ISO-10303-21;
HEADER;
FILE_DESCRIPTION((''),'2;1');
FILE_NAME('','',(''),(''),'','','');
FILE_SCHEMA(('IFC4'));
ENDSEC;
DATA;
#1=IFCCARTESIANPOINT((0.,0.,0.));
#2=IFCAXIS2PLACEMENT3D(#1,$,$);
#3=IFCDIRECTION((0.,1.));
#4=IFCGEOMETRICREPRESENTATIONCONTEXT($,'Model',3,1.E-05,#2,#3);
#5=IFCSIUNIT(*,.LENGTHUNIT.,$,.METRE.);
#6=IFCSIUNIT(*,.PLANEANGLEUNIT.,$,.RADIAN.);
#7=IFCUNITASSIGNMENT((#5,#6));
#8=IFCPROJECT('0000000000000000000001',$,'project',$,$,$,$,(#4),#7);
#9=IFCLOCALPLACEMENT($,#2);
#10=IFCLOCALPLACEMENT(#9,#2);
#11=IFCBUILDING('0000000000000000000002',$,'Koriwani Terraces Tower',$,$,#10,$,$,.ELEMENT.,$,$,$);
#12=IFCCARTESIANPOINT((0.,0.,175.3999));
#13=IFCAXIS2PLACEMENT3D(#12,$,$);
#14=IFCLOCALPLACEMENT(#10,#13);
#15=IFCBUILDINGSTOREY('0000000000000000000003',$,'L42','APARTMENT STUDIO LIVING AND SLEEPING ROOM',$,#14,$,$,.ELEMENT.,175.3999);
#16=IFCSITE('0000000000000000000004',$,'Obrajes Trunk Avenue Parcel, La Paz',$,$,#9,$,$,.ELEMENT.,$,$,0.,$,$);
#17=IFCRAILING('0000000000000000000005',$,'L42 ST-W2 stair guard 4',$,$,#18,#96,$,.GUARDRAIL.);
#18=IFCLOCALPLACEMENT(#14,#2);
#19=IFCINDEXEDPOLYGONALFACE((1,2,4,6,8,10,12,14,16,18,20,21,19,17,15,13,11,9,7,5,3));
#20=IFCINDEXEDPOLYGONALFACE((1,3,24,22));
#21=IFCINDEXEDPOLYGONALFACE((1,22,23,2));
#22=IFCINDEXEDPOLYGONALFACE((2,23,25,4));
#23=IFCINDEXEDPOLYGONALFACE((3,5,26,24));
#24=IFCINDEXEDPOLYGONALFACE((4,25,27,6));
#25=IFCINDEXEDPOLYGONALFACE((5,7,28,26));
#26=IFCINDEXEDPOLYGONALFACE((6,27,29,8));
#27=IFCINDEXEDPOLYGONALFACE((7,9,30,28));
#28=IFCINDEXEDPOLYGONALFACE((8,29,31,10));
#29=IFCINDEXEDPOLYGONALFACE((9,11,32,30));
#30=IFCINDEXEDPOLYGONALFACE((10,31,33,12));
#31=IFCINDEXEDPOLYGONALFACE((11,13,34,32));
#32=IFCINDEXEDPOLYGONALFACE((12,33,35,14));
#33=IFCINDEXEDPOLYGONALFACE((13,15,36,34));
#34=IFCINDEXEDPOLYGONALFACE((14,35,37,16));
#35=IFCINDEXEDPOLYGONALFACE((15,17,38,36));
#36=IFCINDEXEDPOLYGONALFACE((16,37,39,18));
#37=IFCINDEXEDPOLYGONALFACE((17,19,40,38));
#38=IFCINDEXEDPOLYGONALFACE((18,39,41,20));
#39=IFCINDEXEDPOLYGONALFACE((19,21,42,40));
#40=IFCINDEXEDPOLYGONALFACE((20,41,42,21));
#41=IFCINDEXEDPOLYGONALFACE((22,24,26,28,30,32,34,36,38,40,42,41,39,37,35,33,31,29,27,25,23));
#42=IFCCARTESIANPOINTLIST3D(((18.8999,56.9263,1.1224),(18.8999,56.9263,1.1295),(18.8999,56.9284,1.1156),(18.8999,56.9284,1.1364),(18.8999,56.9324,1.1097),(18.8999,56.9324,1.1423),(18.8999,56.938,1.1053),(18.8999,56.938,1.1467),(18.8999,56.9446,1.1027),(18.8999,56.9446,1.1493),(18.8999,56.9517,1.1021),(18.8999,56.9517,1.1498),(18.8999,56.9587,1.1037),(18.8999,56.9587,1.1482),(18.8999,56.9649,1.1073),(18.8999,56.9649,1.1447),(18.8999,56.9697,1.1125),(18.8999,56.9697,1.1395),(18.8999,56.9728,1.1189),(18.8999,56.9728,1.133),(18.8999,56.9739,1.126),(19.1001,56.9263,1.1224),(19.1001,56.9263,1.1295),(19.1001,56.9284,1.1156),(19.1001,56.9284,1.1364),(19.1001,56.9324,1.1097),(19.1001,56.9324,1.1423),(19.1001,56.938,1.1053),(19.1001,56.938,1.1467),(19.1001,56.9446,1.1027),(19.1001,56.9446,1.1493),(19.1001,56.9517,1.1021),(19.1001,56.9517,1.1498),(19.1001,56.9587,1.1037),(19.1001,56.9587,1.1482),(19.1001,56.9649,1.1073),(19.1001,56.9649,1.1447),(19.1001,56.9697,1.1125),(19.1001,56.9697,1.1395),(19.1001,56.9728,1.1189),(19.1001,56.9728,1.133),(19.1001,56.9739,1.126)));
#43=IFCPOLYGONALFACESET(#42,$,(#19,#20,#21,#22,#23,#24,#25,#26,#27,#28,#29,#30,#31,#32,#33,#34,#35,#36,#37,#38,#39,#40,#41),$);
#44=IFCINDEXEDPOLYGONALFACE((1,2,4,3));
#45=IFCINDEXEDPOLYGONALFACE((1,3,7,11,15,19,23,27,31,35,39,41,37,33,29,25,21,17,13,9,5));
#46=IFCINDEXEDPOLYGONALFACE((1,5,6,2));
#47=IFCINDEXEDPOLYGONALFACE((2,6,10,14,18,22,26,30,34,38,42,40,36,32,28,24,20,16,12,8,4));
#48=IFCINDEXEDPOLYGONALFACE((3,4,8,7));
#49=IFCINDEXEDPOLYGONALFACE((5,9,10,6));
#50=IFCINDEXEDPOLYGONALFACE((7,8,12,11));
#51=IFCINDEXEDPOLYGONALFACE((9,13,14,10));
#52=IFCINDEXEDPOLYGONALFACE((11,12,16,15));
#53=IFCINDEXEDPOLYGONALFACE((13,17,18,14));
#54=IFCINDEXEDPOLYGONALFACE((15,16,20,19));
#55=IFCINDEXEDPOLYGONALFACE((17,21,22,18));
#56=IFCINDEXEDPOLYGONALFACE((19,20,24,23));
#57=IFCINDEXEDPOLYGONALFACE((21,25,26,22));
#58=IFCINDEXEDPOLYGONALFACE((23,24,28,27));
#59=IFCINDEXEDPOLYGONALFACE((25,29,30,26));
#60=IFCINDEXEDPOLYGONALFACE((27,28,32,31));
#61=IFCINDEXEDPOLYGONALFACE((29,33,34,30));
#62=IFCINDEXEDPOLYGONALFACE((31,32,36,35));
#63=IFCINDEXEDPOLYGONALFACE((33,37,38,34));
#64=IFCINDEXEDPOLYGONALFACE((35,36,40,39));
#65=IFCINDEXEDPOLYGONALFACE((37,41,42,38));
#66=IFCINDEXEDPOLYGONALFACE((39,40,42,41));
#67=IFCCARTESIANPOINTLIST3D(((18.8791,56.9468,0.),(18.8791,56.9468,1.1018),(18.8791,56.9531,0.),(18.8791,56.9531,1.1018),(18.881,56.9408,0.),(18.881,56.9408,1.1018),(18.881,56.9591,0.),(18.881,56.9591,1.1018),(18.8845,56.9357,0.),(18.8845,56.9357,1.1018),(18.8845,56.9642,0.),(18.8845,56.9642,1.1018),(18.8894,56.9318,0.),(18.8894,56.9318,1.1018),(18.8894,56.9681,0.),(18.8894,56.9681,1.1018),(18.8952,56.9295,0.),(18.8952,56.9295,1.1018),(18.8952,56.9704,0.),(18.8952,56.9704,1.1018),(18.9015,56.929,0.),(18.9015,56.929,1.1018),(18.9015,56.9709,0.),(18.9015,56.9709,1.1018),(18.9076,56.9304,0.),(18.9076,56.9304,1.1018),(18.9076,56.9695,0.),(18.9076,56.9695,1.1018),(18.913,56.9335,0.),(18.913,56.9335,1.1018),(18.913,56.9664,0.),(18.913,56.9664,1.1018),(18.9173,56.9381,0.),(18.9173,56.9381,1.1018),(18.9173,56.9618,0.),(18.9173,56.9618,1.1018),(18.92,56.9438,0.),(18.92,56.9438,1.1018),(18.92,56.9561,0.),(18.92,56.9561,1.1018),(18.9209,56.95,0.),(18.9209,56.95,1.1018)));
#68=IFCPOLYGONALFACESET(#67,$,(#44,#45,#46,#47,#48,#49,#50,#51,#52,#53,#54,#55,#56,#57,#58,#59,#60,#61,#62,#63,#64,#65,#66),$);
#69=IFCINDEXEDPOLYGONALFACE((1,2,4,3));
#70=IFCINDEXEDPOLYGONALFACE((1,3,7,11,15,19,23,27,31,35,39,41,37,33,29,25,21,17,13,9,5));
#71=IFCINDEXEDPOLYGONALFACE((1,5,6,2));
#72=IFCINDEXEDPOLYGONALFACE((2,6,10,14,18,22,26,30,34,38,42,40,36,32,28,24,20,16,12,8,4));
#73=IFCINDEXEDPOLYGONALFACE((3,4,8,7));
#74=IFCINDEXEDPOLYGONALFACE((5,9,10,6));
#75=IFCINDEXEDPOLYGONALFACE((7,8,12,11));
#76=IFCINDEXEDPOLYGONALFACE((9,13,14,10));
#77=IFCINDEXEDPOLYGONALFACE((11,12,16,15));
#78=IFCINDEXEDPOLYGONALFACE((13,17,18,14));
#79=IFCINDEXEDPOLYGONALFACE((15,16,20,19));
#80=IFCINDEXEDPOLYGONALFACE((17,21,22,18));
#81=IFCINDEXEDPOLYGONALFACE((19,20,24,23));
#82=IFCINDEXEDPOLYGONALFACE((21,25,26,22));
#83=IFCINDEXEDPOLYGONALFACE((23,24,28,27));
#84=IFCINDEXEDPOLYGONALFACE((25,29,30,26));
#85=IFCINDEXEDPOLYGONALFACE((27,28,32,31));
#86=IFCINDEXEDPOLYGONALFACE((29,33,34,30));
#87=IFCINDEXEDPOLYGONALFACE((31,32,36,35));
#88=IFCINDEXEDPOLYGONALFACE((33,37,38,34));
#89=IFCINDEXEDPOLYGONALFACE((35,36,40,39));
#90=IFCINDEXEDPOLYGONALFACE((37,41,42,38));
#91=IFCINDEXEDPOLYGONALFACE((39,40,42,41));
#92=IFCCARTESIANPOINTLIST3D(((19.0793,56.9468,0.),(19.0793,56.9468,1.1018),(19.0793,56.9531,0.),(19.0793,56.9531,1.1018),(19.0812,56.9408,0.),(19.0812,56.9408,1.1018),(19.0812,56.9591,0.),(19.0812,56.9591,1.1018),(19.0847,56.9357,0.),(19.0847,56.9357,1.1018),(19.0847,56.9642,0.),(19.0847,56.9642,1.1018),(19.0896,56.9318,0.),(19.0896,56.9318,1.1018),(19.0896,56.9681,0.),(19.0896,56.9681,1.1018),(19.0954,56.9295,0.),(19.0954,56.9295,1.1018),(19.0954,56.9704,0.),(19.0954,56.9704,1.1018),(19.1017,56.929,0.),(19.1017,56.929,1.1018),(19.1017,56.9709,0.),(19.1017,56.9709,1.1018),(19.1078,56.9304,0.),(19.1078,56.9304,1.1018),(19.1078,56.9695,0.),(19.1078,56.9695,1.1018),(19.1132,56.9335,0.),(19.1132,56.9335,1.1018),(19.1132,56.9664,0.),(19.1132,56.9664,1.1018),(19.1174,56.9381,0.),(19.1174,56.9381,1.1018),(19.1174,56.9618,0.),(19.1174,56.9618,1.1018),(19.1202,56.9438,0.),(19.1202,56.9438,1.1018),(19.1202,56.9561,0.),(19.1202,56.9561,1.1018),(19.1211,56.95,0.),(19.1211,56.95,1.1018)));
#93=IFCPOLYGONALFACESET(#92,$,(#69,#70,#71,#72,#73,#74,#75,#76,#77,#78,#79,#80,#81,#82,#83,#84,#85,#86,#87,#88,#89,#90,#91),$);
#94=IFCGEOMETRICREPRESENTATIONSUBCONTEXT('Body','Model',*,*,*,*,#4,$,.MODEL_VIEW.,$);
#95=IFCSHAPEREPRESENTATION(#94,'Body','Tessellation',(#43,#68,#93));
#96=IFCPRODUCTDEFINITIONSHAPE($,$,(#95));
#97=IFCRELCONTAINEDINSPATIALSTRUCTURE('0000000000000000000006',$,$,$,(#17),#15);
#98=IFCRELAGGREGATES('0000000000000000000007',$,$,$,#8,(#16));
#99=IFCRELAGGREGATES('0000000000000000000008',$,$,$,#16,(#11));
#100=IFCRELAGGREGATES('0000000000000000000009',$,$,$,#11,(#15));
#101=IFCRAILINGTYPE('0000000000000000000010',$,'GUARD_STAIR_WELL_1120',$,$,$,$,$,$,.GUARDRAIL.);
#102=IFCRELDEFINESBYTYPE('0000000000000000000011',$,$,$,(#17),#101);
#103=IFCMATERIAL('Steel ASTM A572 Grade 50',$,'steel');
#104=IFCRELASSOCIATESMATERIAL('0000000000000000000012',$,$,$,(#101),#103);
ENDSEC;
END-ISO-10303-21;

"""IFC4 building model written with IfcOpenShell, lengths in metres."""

from ifc_helpers import new_model, si_unit, direction, frame, origin, origin_2d, place, context, subcontext, project, spatial, circle, extrude, material, type_object, element, save


model = new_model("IFC4")

# Units and contexts
model_context = context("Model", 3, precision=1e-05, world=origin(), true_north=direction((0.0, 1.0)))
body_context = subcontext(model_context, "Body", "Model", "MODEL_VIEW")
ifc_project = project(units=[si_unit("LENGTHUNIT", "METRE"), si_unit("PLANEANGLEUNIT", "RADIAN")], contexts=[model_context])

# Site, building, storey
site_placement = place(None, origin())
site = spatial("IfcSite", under=ifc_project, at=site_placement, Name="Obrajes Trunk Avenue Parcel, La Paz", CompositionType="ELEMENT", RefElevation=0.0)
building_placement = place(site_placement, origin())
building = spatial("IfcBuilding", under=site, at=building_placement, Name="Koriwani Terraces Tower", CompositionType="ELEMENT")
storey_placement = place(building_placement, frame((0.0, 0.0, 175.3999)))
storey = spatial("IfcBuildingStorey", under=building, at=storey_placement, Name="L42", Description="APARTMENT STUDIO LIVING AND SLEEPING ROOM", CompositionType="ELEMENT", Elevation=175.3999)

# Shared definitions
ifc_material_1 = material(Name="Steel ASTM A572 Grade 50", Category="steel")

# Railing
railing_type_1 = type_object("IfcRailingType", Name="GUARD_STAIR_WELL_1120", PredefinedType="GUARDRAIL", material=ifc_material_1)
railing_1_placement = place(storey_placement, frame((18.8999, 56.95, 0.0)))
element("IfcRailing", 1, at=railing_1_placement, inside=storey, type_object=railing_type_1, Name="L42 ST-W2 stair guard 4", PredefinedType="GUARDRAIL", context=body_context, shape_type="SweptSolid", body=[
    extrude(circle(Radius=0.0239, at=origin_2d()), frame((0.0, 0.0, 1.126), z_axis=(1.0, 0.0, 0.0), x_axis=(0.0, 1.0, 0.0)), (0.0, 0.0, 1.0), 0.2002),
    extrude(circle(Radius=0.021, at=origin_2d()), origin(), (0.0, 0.0, 1.0), 1.1018),
    extrude(circle(Radius=0.021, at=origin_2d()), frame((0.2002, 0.0, 0.0)), (0.0, 0.0, 1.0), 1.1018),
])

save(model, "model.ifc")
